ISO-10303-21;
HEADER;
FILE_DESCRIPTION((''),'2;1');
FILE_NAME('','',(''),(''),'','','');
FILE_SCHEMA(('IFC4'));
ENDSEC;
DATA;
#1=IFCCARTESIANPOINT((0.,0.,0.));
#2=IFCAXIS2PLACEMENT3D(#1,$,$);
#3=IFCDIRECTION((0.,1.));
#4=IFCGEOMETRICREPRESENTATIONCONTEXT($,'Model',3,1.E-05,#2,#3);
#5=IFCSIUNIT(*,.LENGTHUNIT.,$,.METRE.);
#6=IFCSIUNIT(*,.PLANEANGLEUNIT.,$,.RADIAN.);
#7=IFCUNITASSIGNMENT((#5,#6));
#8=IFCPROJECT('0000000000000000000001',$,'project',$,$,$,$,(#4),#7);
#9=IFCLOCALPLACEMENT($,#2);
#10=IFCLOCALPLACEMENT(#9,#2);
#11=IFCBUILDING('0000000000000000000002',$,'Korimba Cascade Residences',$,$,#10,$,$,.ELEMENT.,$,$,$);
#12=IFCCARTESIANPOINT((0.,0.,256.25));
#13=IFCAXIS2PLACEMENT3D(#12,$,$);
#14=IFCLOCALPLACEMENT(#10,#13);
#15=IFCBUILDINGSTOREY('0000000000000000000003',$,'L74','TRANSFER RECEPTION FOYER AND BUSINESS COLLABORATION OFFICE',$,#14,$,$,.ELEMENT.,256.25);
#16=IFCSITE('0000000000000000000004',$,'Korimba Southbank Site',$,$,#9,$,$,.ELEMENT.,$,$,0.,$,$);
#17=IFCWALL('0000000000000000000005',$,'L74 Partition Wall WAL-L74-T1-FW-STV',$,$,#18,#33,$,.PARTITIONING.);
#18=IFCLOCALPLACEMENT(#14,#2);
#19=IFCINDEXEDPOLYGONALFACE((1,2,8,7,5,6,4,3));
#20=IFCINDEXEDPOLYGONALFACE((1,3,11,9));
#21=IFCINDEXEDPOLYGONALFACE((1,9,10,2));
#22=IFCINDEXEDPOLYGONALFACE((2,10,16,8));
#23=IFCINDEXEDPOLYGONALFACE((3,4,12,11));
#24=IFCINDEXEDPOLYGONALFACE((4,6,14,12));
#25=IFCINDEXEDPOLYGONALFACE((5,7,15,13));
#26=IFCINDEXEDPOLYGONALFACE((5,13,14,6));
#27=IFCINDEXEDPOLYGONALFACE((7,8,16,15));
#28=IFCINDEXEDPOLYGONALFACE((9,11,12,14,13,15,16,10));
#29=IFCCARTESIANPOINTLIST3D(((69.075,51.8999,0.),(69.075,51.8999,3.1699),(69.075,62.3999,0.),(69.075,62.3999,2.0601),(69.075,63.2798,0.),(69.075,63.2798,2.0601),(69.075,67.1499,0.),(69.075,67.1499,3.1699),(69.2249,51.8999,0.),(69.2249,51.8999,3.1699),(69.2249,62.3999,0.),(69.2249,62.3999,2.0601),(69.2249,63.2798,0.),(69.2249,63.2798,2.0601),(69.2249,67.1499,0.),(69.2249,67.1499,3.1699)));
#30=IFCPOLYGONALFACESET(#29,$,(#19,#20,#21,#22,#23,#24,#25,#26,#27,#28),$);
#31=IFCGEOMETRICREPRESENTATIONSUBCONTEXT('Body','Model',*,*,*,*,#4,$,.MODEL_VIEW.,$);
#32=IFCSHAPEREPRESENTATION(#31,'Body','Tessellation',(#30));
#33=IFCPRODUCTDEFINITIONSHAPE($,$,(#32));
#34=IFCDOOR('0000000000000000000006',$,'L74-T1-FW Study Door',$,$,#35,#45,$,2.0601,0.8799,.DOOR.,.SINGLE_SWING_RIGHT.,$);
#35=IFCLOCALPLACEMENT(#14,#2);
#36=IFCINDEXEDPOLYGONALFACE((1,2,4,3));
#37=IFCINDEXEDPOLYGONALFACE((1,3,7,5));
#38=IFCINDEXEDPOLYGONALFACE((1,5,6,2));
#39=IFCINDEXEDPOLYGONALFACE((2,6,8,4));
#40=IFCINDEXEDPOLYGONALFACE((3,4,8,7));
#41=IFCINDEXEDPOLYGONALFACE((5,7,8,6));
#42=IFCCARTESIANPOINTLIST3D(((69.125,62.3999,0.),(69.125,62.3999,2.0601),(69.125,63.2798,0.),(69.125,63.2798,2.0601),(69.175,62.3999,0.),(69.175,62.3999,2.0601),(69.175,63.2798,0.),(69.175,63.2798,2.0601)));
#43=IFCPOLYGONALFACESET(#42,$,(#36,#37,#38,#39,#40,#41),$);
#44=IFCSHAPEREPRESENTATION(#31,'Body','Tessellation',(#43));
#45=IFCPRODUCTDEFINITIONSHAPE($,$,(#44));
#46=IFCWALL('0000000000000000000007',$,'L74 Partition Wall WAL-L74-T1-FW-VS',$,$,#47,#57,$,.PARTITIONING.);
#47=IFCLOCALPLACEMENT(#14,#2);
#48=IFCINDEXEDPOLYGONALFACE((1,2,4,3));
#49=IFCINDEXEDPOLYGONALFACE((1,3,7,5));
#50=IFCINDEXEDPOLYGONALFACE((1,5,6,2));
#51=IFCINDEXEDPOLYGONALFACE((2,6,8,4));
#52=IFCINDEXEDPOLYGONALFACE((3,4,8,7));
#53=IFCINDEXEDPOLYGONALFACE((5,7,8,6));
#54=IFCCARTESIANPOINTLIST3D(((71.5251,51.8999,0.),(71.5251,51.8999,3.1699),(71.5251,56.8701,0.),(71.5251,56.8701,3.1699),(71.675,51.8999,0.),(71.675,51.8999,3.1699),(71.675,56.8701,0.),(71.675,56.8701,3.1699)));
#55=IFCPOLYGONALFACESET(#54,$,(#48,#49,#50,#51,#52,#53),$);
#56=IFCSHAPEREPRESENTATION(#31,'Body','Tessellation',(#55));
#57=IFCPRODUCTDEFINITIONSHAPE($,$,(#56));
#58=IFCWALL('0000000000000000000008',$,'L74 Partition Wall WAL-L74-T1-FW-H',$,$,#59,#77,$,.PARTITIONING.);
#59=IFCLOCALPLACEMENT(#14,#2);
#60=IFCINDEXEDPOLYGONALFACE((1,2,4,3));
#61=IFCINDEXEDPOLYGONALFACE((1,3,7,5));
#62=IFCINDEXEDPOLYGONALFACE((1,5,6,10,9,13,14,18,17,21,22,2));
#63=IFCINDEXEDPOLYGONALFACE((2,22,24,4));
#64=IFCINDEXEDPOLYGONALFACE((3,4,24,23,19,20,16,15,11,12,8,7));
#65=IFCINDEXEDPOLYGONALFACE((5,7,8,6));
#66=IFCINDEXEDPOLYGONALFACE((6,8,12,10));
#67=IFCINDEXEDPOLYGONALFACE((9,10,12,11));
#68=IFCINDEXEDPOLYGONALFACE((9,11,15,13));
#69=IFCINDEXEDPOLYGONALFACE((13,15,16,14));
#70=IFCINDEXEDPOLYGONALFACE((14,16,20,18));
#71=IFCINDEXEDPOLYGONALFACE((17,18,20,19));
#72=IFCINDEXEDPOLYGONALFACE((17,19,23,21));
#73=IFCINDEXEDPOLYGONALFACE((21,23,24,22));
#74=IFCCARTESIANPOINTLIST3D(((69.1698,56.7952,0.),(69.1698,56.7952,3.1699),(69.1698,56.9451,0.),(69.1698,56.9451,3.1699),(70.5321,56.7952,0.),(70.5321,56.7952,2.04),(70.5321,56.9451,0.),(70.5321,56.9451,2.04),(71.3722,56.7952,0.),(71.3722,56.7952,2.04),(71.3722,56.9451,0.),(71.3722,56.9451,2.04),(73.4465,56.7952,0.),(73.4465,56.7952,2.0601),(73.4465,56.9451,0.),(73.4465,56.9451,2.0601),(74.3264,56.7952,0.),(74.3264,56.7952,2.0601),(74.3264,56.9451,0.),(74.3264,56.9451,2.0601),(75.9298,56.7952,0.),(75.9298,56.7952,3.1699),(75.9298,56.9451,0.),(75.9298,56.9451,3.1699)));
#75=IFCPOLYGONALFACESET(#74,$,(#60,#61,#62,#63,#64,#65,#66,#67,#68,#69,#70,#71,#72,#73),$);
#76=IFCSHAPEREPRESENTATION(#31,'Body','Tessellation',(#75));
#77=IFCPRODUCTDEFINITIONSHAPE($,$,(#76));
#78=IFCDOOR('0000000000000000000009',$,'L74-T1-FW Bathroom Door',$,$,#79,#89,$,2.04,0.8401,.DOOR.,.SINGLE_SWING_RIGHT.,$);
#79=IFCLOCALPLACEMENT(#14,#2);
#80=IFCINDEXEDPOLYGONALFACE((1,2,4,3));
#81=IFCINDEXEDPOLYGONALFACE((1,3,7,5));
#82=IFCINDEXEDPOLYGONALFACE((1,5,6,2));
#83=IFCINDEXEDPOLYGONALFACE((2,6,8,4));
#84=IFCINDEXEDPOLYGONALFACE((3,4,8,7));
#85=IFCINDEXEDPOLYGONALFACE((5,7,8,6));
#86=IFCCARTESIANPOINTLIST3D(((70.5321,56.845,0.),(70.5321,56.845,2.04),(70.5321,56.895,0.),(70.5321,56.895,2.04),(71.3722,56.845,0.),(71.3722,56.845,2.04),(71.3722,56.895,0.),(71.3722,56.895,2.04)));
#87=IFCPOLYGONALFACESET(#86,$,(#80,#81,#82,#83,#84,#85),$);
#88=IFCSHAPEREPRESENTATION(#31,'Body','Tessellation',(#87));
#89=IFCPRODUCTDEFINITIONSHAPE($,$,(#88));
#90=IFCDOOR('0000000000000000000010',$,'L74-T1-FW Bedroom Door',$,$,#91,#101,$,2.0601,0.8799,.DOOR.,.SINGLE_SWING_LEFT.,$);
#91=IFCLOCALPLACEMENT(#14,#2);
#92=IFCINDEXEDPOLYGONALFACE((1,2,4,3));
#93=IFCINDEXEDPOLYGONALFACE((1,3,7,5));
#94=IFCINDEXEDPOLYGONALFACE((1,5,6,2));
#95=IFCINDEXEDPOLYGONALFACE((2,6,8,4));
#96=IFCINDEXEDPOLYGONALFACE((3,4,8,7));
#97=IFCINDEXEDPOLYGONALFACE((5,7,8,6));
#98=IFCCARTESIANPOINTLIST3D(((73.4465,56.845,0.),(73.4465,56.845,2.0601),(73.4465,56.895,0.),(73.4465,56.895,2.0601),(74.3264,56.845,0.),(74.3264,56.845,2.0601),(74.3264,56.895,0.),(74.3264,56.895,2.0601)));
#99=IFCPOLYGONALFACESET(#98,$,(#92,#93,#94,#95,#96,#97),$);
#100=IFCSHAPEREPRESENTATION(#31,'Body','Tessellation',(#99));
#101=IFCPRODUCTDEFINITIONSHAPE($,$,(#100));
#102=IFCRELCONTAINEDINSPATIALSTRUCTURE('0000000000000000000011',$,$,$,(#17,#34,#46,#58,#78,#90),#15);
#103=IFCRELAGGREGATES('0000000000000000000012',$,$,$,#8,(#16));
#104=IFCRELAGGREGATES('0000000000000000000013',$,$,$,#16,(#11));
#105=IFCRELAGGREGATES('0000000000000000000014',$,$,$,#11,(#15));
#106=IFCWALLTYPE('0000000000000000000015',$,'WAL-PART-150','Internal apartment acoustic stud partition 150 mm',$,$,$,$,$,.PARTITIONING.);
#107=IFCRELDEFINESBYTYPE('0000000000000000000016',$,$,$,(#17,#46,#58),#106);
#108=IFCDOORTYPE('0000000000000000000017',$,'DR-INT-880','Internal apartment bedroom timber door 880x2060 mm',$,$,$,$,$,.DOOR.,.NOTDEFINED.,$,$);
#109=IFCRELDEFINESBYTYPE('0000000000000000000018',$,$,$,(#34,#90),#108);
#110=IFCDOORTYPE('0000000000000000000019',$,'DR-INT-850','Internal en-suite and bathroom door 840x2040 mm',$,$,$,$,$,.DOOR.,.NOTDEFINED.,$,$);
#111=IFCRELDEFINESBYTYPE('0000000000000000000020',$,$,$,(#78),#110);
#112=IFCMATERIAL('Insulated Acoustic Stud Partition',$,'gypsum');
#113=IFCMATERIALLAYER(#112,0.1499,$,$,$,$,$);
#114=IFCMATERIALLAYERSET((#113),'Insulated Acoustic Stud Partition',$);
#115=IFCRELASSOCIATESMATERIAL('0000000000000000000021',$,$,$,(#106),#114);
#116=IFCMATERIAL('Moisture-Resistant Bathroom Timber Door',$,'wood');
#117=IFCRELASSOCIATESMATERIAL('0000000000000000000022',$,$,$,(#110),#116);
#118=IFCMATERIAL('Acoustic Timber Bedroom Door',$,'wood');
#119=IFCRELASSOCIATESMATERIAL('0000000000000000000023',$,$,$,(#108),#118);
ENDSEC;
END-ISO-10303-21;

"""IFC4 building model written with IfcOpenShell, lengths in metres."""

from ifc_helpers import new_model, si_unit, direction, frame, frame_2d, origin, place, context, subcontext, project, spatial, rectangle, extrude, material, layer, layer_set, type_object, element, fill, save


model = new_model("IFC4")

# Units and contexts
model_context = context("Model", 3, precision=1e-05, world=origin(), true_north=direction((0.0, 1.0)))
body_context = subcontext(model_context, "Body", "Model", "MODEL_VIEW")
ifc_project = project(units=[si_unit("LENGTHUNIT", "METRE"), si_unit("PLANEANGLEUNIT", "RADIAN")], contexts=[model_context])

# Site, building, storey
site_placement = place(None, origin())
site = spatial("IfcSite", under=ifc_project, at=site_placement, Name="Korimba Southbank Site", CompositionType="ELEMENT", RefElevation=0.0)
building_placement = place(site_placement, origin())
building = spatial("IfcBuilding", under=site, at=building_placement, Name="Korimba Cascade Residences", CompositionType="ELEMENT")
storey_placement = place(building_placement, frame((0.0, 0.0, 256.25)))
storey = spatial("IfcBuildingStorey", under=building, at=storey_placement, Name="L74", Description="TRANSFER RECEPTION FOYER AND BUSINESS COLLABORATION OFFICE", CompositionType="ELEMENT", Elevation=256.25)

# Wall, opening, door
ifc_material_1 = material(Name="Insulated Acoustic Stud Partition", Category="gypsum")
ifc_layer_1 = layer(ifc_material_1, 0.1499)
ifc_layer_set_1 = layer_set([ifc_layer_1], Name="Insulated Acoustic Stud Partition")
wall_type_1 = type_object("IfcWallType", Name="WAL-PART-150", Description="Internal apartment acoustic stud partition 150 mm", PredefinedType="PARTITIONING", material=ifc_layer_set_1)
ifc_material_2 = material(Name="Moisture-Resistant Bathroom Timber Door", Category="wood")
door_type_1 = type_object("IfcDoorType", Name="DR-INT-850", Description="Internal en-suite and bathroom door 840x2040 mm", OperationType="NOTDEFINED", PredefinedType="DOOR", material=ifc_material_2)
wall_1_placement = place(storey_placement, frame((69.1499, 51.8999, 0.0), z_axis=(0.0, 0.0, 1.0), x_axis=(0.0, 1.0, 0.0)))
wall_1 = element("IfcWall", 1, at=wall_1_placement, inside=storey, type_object=wall_type_1, Name="L74 Partition Wall WAL-L74-T1-FW-STV", PredefinedType="PARTITIONING", context=body_context, shape_type="SweptSolid", body=[
    extrude(rectangle(XDim=15.25, YDim=0.1499, at=frame_2d((7.625, 0.0))), origin(), (0.0, 0.0, 1.0), 3.1699),
])
opening_1_placement = place(wall_1_placement, frame((10.5, 0.0, 0.0)))
opening_1 = element("IfcOpeningElement", 2, at=opening_1_placement, cuts=wall_1, PredefinedType="OPENING", context=body_context, shape_type="SweptSolid", body=[
    extrude(rectangle(XDim=0.8799, YDim=2.0601, at=frame_2d((0.4399, 1.03))), frame((0.0, 0.085, 0.0), z_axis=(0.0, -1.0, 0.0), x_axis=(1.0, 0.0, 0.0)), (0.0, 0.0, 1.0), 0.1699),
])
ifc_material_3 = material(Name="Acoustic Timber Bedroom Door", Category="wood")
door_type_2 = type_object("IfcDoorType", Name="DR-INT-880", Description="Internal apartment bedroom timber door 880x2060 mm", OperationType="NOTDEFINED", PredefinedType="DOOR", material=ifc_material_3)
door_1_placement = place(opening_1_placement, origin())
door_1 = element("IfcDoor", 3, at=door_1_placement, inside=storey, type_object=door_type_2, Name="L74-T1-FW Study Door", OperationType="SINGLE_SWING_RIGHT", OverallHeight=2.0601, OverallWidth=0.8799, PredefinedType="DOOR", context=body_context, shape_type="SweptSolid", body=[
    extrude(rectangle(XDim=0.8799, YDim=2.0601, at=frame_2d((0.4399, 1.03))), frame((0.0, 0.0249, 0.0), z_axis=(0.0, -1.0, 0.0), x_axis=(1.0, 0.0, 0.0)), (0.0, 0.0, 1.0), 0.05),
])
fill(opening_1, door_1)

# Wall
wall_2_placement = place(storey_placement, frame((71.6001, 51.8999, 0.0), z_axis=(0.0, 0.0, 1.0), x_axis=(0.0, 1.0, 0.0)))
element("IfcWall", 4, at=wall_2_placement, inside=storey, type_object=wall_type_1, Name="L74 Partition Wall WAL-L74-T1-FW-VS", PredefinedType="PARTITIONING", context=body_context, shape_type="SweptSolid", body=[
    extrude(rectangle(XDim=4.9702, YDim=0.1499, at=frame_2d((2.4851, 0.0))), origin(), (0.0, 0.0, 1.0), 3.1699),
])

# Wall, openings, doors
wall_3_placement = place(storey_placement, frame((69.1699, 56.8701, 0.0), z_axis=(0.0, 0.0, 1.0), x_axis=(1.0, 0.0, 0.0)))
wall_3 = element("IfcWall", 5, at=wall_3_placement, inside=storey, type_object=wall_type_1, Name="L74 Partition Wall WAL-L74-T1-FW-H", PredefinedType="PARTITIONING", context=body_context, shape_type="SweptSolid", body=[
    extrude(rectangle(XDim=6.76, YDim=0.1499, at=frame_2d((3.3799, 0.0))), origin(), (0.0, 0.0, 1.0), 3.1699),
])
opening_2_placement = place(wall_3_placement, frame((1.3623, 0.0, 0.0)))
opening_2 = element("IfcOpeningElement", 6, at=opening_2_placement, cuts=wall_3, PredefinedType="OPENING", context=body_context, shape_type="SweptSolid", body=[
    extrude(rectangle(XDim=0.8401, YDim=2.04, at=frame_2d((0.4199, 1.02))), frame((0.0, 0.085, 0.0), z_axis=(0.0, -1.0, 0.0), x_axis=(1.0, 0.0, 0.0)), (0.0, 0.0, 1.0), 0.1699),
])
opening_3_placement = place(wall_3_placement, frame((4.2766, 0.0, 0.0)))
opening_3 = element("IfcOpeningElement", 7, at=opening_3_placement, cuts=wall_3, PredefinedType="OPENING", context=body_context, shape_type="SweptSolid", body=[
    extrude(rectangle(XDim=0.8799, YDim=2.0601, at=frame_2d((0.4399, 1.03))), frame((0.0, 0.085, 0.0), z_axis=(0.0, -1.0, 0.0), x_axis=(1.0, 0.0, 0.0)), (0.0, 0.0, 1.0), 0.1699),
])
door_2_placement = place(opening_2_placement, origin())
door_2 = element("IfcDoor", 8, at=door_2_placement, inside=storey, type_object=door_type_1, Name="L74-T1-FW Bathroom Door", OperationType="SINGLE_SWING_RIGHT", OverallHeight=2.04, OverallWidth=0.8401, PredefinedType="DOOR", context=body_context, shape_type="SweptSolid", body=[
    extrude(rectangle(XDim=0.8401, YDim=2.04, at=frame_2d((0.4199, 1.02))), frame((0.0, 0.0249, 0.0), z_axis=(0.0, -1.0, 0.0), x_axis=(1.0, 0.0, 0.0)), (0.0, 0.0, 1.0), 0.05),
])
fill(opening_2, door_2)
door_3_placement = place(opening_3_placement, origin())
door_3 = element("IfcDoor", 9, at=door_3_placement, inside=storey, type_object=door_type_2, Name="L74-T1-FW Bedroom Door", OperationType="SINGLE_SWING_LEFT", OverallHeight=2.0601, OverallWidth=0.8799, PredefinedType="DOOR", context=body_context, shape_type="SweptSolid", body=[
    extrude(rectangle(XDim=0.8799, YDim=2.0601, at=frame_2d((0.4399, 1.03))), frame((0.0, 0.0249, 0.0), z_axis=(0.0, -1.0, 0.0), x_axis=(1.0, 0.0, 0.0)), (0.0, 0.0, 1.0), 0.05),
])
fill(opening_3, door_3)

save(model, "model.ifc")
